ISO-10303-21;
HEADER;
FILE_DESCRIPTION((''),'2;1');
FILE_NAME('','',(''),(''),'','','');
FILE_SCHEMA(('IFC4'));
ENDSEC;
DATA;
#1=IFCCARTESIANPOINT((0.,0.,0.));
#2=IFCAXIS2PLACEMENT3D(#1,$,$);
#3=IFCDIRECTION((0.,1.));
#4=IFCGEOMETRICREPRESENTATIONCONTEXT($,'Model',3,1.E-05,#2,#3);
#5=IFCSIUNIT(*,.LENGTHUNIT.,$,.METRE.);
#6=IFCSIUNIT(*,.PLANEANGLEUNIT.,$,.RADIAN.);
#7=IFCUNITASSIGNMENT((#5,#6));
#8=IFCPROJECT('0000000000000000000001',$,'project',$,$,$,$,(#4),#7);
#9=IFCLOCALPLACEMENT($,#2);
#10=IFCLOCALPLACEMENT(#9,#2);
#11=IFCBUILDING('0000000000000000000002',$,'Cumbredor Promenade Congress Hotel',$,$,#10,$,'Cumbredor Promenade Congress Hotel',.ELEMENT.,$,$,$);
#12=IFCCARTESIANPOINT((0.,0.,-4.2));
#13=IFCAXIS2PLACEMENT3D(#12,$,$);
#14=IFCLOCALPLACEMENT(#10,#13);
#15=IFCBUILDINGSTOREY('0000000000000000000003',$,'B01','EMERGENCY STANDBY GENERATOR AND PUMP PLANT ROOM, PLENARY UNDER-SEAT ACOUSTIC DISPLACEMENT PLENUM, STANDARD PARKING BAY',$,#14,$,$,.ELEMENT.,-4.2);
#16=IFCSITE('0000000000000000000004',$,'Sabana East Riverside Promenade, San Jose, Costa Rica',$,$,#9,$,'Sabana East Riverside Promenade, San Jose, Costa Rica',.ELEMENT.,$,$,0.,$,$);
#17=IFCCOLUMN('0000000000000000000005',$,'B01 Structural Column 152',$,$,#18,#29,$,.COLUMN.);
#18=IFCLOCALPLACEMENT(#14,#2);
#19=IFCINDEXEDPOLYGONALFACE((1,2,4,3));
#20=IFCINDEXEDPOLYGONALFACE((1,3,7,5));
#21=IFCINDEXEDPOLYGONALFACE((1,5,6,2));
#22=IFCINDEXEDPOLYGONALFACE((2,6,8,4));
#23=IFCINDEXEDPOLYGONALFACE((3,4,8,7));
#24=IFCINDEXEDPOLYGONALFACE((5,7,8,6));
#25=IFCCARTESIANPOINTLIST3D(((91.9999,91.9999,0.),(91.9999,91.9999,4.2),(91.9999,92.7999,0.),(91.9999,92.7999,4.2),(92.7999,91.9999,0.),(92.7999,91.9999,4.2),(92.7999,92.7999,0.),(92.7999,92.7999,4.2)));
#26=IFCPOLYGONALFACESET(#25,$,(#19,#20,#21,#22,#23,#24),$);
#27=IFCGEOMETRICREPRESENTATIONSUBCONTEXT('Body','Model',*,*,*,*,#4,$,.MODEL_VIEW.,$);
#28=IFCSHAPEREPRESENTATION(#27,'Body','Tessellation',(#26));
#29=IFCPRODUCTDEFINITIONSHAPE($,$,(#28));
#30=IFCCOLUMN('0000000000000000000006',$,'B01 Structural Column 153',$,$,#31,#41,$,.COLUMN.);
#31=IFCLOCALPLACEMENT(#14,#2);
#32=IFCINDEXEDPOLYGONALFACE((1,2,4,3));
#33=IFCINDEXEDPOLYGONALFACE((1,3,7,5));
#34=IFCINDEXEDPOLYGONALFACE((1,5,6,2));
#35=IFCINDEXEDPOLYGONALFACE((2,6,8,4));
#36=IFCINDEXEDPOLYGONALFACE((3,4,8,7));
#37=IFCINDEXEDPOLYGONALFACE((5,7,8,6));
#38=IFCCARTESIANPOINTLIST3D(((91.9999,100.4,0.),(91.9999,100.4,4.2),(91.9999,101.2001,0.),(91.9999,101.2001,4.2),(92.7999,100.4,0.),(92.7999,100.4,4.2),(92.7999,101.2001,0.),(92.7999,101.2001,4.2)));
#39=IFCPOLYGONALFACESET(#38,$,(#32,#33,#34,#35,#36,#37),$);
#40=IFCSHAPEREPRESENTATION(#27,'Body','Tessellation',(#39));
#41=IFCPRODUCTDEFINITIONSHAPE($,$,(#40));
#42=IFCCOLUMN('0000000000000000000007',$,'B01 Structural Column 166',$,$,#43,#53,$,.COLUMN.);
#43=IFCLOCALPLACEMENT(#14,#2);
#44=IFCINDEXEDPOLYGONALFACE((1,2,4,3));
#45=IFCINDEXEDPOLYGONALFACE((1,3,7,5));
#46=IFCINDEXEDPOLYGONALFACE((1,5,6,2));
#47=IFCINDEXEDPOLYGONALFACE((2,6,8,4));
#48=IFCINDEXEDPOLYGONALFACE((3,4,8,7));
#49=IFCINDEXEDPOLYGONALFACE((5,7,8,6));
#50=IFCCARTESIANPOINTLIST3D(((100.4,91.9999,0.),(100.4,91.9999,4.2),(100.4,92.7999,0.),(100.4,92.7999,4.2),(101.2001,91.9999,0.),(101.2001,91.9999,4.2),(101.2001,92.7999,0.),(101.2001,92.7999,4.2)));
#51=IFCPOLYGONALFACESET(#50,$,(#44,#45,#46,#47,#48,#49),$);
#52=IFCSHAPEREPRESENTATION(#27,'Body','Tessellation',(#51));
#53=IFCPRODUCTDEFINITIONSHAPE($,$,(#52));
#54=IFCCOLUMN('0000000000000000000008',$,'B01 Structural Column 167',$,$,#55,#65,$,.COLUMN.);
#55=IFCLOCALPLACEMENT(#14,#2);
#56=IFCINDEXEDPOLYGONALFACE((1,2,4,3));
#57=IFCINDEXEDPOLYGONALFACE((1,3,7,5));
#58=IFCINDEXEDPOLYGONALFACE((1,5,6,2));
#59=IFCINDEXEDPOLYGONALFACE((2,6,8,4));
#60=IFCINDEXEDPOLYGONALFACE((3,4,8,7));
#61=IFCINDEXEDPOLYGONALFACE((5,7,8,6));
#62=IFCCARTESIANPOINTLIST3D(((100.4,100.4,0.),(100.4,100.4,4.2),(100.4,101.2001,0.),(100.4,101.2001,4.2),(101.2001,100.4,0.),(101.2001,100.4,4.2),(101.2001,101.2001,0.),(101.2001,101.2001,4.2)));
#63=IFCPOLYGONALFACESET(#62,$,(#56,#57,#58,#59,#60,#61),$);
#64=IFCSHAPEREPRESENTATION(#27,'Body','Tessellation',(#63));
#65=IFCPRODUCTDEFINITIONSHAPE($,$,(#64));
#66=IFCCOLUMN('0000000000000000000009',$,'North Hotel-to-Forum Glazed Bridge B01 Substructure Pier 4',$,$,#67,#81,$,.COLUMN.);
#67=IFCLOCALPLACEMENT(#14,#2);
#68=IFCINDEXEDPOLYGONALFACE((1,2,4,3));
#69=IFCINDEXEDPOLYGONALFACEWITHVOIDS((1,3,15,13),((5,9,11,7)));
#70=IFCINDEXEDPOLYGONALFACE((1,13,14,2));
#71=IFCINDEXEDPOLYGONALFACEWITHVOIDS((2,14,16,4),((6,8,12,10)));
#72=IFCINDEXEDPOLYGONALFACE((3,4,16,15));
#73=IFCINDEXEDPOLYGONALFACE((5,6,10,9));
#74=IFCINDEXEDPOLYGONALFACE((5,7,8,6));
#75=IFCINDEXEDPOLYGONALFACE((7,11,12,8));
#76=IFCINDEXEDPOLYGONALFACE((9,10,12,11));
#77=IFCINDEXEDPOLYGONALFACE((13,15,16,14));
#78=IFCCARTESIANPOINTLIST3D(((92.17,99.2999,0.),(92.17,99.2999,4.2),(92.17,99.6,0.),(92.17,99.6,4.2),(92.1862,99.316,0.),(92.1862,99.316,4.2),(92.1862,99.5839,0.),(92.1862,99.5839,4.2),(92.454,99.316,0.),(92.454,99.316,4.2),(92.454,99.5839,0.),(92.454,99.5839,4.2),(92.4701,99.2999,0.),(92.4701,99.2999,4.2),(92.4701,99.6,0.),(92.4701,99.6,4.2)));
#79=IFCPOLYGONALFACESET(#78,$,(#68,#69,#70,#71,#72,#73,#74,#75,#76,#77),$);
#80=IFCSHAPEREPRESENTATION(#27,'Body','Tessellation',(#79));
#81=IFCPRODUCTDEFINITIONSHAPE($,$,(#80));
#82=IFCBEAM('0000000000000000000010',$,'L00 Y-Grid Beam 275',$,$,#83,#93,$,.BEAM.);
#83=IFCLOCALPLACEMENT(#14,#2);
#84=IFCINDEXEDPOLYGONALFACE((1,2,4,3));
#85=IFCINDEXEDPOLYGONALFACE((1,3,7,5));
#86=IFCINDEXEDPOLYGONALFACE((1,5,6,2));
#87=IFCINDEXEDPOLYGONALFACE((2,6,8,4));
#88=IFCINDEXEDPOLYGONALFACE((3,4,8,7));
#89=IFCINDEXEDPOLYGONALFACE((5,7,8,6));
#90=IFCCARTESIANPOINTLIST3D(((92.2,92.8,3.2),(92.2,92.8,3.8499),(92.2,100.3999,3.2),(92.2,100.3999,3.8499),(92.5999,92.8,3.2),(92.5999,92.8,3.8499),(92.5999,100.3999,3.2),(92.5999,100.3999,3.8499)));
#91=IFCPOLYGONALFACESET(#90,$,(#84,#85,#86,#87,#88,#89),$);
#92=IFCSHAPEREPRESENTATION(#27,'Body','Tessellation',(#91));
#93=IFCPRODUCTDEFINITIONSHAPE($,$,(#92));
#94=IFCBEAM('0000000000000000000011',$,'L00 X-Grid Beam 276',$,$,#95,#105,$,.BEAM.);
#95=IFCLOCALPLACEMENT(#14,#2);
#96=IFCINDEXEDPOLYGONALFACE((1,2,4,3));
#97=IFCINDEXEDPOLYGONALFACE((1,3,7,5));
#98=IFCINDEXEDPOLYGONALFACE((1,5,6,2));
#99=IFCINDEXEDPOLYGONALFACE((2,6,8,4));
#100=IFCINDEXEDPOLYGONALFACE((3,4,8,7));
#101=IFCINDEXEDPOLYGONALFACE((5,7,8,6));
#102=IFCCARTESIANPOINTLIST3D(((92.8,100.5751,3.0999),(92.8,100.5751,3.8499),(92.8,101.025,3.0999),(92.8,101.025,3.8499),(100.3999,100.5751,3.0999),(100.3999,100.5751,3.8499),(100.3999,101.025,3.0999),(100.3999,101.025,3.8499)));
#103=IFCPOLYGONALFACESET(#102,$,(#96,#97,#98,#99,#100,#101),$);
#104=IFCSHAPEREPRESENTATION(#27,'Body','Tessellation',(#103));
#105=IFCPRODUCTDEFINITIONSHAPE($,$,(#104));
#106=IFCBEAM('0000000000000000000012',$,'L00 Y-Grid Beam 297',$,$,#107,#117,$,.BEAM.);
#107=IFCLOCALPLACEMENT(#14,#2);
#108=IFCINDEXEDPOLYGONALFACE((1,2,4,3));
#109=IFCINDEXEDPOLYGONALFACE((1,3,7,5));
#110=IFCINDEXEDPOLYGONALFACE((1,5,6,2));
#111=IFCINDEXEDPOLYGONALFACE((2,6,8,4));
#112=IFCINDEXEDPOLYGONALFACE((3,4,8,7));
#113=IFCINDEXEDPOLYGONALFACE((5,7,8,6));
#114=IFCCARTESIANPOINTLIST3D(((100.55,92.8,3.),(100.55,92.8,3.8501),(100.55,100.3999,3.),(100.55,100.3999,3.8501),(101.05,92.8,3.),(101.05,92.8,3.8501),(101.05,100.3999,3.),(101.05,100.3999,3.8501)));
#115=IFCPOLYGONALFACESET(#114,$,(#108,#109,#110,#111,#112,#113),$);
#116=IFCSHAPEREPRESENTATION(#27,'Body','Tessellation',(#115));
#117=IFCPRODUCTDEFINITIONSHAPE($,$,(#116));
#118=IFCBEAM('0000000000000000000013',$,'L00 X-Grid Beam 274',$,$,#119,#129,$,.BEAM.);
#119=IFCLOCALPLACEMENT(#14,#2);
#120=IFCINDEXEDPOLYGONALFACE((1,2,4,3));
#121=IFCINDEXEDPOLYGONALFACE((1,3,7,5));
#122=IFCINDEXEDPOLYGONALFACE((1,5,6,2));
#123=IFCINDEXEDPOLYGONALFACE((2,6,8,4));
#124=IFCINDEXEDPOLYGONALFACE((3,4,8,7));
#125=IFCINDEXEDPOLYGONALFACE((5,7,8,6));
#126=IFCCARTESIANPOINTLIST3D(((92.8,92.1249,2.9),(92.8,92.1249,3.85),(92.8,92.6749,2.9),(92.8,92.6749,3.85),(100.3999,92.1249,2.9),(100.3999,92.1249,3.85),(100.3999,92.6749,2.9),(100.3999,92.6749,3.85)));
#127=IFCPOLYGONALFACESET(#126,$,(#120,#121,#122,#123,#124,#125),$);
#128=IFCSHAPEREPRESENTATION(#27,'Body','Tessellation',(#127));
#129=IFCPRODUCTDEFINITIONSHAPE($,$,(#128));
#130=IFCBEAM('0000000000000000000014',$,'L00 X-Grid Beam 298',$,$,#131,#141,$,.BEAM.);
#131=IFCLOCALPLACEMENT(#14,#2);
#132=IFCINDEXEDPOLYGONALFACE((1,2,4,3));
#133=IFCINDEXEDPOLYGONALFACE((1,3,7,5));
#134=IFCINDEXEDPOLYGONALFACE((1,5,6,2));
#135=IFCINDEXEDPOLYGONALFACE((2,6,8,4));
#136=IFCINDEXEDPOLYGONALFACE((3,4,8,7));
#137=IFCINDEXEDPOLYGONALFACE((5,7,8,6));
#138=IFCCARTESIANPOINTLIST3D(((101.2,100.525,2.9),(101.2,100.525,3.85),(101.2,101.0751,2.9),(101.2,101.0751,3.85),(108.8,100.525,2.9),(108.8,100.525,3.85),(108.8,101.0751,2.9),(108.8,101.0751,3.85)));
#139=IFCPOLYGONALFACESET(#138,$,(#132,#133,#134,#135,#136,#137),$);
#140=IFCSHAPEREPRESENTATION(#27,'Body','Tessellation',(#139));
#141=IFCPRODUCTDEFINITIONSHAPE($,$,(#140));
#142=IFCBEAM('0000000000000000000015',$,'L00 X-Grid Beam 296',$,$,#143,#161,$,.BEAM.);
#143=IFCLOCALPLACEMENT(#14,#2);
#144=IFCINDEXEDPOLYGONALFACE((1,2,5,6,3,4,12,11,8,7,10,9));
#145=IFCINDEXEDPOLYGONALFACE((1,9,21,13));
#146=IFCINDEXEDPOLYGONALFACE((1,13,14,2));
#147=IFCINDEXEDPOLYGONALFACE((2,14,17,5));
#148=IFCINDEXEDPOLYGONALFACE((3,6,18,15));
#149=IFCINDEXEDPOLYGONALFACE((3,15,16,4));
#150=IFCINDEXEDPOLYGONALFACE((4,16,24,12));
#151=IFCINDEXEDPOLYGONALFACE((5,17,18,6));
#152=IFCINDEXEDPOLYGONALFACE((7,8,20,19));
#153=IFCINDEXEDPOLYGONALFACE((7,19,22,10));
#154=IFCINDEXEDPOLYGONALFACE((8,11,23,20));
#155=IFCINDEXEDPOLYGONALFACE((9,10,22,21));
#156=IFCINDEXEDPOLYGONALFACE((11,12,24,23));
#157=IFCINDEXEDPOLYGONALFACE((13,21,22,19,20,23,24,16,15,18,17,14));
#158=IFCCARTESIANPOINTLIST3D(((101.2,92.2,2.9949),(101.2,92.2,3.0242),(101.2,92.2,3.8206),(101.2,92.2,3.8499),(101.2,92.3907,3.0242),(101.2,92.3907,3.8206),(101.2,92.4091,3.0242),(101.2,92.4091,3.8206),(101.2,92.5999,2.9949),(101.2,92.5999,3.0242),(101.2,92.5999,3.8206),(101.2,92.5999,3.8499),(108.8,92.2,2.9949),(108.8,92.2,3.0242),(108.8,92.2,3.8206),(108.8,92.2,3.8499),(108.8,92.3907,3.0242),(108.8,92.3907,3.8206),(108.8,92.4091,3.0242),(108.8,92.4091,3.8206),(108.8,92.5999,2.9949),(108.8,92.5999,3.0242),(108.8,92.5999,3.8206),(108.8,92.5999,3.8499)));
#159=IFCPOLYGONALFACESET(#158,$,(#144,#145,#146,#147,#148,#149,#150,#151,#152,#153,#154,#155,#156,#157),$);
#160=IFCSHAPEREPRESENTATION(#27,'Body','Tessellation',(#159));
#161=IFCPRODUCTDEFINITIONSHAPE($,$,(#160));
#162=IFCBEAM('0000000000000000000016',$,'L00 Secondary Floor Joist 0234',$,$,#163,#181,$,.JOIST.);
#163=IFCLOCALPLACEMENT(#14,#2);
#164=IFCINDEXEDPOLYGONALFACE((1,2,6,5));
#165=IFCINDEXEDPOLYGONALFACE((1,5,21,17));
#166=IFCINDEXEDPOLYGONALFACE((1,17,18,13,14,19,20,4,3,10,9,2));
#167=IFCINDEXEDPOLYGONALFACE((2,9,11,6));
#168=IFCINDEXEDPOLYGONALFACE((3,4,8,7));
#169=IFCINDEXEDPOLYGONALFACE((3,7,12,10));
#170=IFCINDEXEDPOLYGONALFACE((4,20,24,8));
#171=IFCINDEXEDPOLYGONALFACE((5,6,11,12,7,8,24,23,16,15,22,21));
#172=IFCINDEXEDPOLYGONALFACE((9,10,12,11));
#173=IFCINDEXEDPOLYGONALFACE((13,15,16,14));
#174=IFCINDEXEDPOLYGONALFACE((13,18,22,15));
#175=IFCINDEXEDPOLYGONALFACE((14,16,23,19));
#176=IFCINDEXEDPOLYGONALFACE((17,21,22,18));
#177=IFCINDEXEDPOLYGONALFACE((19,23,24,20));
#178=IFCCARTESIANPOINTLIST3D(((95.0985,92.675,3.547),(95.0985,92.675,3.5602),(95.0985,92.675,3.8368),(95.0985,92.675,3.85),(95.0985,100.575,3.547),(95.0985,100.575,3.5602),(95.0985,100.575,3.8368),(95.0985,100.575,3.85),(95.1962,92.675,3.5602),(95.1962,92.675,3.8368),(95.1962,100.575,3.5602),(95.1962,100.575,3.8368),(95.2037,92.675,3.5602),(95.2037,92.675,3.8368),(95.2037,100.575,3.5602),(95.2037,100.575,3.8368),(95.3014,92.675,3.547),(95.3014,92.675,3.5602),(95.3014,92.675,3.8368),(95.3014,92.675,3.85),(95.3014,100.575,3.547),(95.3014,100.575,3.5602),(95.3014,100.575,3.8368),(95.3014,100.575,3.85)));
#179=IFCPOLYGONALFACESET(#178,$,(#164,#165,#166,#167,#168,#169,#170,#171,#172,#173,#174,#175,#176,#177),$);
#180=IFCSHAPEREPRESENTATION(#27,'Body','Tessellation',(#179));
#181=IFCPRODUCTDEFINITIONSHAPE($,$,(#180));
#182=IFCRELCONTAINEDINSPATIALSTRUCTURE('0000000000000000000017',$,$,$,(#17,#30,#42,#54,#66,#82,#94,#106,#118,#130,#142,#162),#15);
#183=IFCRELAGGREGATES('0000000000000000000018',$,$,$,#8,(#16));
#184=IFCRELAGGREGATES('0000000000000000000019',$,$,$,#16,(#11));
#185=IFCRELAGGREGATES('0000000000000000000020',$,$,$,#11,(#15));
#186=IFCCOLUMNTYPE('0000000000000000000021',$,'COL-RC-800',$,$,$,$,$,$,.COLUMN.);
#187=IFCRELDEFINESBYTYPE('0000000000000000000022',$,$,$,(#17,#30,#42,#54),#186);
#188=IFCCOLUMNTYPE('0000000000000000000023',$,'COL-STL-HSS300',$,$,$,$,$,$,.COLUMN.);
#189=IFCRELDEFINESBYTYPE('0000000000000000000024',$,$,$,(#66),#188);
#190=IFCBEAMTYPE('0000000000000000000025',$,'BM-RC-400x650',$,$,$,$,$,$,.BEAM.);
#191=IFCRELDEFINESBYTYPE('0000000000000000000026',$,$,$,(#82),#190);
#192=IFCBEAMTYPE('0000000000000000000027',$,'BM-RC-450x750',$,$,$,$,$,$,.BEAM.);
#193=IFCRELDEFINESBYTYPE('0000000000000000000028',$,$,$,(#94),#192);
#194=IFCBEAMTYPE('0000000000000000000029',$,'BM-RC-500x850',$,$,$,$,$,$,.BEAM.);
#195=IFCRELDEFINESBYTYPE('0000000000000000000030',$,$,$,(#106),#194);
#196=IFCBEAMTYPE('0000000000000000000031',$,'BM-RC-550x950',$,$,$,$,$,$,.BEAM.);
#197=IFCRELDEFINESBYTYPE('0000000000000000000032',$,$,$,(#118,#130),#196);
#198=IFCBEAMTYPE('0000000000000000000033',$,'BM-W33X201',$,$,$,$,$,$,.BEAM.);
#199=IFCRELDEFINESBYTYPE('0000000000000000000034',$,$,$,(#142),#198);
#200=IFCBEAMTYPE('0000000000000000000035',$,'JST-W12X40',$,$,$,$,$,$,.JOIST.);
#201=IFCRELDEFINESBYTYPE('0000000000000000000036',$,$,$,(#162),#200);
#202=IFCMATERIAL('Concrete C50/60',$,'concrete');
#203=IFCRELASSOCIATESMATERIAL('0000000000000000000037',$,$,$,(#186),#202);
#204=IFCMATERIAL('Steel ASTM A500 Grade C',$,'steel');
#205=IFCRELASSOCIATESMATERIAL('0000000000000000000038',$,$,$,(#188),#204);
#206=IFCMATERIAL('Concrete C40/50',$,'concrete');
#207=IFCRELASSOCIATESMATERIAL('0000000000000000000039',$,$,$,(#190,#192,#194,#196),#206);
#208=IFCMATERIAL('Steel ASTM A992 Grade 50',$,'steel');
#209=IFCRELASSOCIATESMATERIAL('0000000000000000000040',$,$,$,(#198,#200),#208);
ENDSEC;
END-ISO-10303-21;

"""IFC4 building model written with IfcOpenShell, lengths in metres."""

from ifc_helpers import new_model, si_unit, direction, frame, origin, origin_2d, place, context, subcontext, project, spatial, rectangle, hollow_rectangle, i_section, extrude, material, material_profile, profile_set, type_object, element, save


model = new_model("IFC4")

# Units and contexts
model_context = context("Model", 3, precision=1e-05, world=origin(), true_north=direction((0.0, 1.0)))
body_context = subcontext(model_context, "Body", "Model", "MODEL_VIEW")
ifc_project = project(units=[si_unit("LENGTHUNIT", "METRE"), si_unit("PLANEANGLEUNIT", "RADIAN")], contexts=[model_context])

# Site, building, storey
site_placement = place(None, origin())
site = spatial("IfcSite", under=ifc_project, at=site_placement, Name="Sabana East Riverside Promenade, San Jose, Costa Rica", LongName="Sabana East Riverside Promenade, San Jose, Costa Rica", CompositionType="ELEMENT", RefElevation=0.0)
building_placement = place(site_placement, origin())
building = spatial("IfcBuilding", under=site, at=building_placement, Name="Cumbredor Promenade Congress Hotel", LongName="Cumbredor Promenade Congress Hotel", CompositionType="ELEMENT")
storey_placement = place(building_placement, frame((0.0, 0.0, -4.2)))
storey = spatial("IfcBuildingStorey", under=building, at=storey_placement, Name="B01", Description="EMERGENCY STANDBY GENERATOR AND PUMP PLANT ROOM, PLENARY UNDER-SEAT ACOUSTIC DISPLACEMENT PLENUM, STANDARD PARKING BAY", CompositionType="ELEMENT", Elevation=-4.2)

# Columns
ifc_material_1 = material(Name="Concrete C50/60", Category="concrete")
ifc_material_profile_1 = material_profile(ifc_material_1, rectangle(XDim=0.8, YDim=0.8, at=origin_2d()), Name="RC 800x800")
ifc_profile_set_1 = profile_set([ifc_material_profile_1], Name="Concrete C50/60")
column_type_1 = type_object("IfcColumnType", Name="COL-RC-800", PredefinedType="COLUMN", material=ifc_profile_set_1)
for number, where, z_axis, x_axis, name in (
    (1, (92.3999, 92.3999, 0.0), (0.0, 0.0, 1.0), (1.0, 0.0, 0.0), "B01 Structural Column 152"),
    (2, (92.3999, 100.8, 0.0), (0.0, 0.0, 1.0), (1.0, 0.0, 0.0), "B01 Structural Column 153"),
    (3, (100.8, 92.3999, 0.0), (0.0, 0.0, 1.0), (1.0, 0.0, 0.0), "B01 Structural Column 166"),
    (4, (100.8, 100.8, 0.0), (0.0, 0.0, 1.0), (1.0, 0.0, 0.0), "B01 Structural Column 167"),
):
    element("IfcColumn", number, at=place(storey_placement, frame(where, z_axis=z_axis, x_axis=x_axis)), inside=storey, type_object=column_type_1, Name=name, PredefinedType="COLUMN", context=body_context, shape_type="SweptSolid", body=[
        extrude(rectangle(XDim=0.8, YDim=0.8, at=origin_2d()), origin(), (0.0, 0.0, 1.0), 4.2),
    ])
ifc_material_2 = material(Name="Steel ASTM A500 Grade C", Category="steel")
ifc_material_profile_2 = material_profile(ifc_material_2, hollow_rectangle(XDim=0.3, YDim=0.3, WallThickness=0.0161, at=origin_2d()), Name="HSS 300x300x16")
ifc_profile_set_2 = profile_set([ifc_material_profile_2], Name="Steel ASTM A500 Grade C")
column_type_2 = type_object("IfcColumnType", Name="COL-STL-HSS300", PredefinedType="COLUMN", material=ifc_profile_set_2)
column_placement = place(storey_placement, frame((92.3201, 99.45, 0.0), z_axis=(0.0, 0.0, 1.0), x_axis=(1.0, 0.0, 0.0)))
element("IfcColumn", 5, at=column_placement, inside=storey, type_object=column_type_2, Name="North Hotel-to-Forum Glazed Bridge B01 Substructure Pier 4", PredefinedType="COLUMN", context=body_context, shape_type="SweptSolid", body=[
    extrude(hollow_rectangle(XDim=0.3, YDim=0.3, WallThickness=0.0161, at=origin_2d()), origin(), (0.0, 0.0, 1.0), 4.2),
])

# Beams
ifc_material_3 = material(Name="Concrete C40/50", Category="concrete")
ifc_material_profile_3 = material_profile(ifc_material_3, rectangle(XDim=0.3999, YDim=0.6499, at=origin_2d()), Name="RC BEAM 400x650")
ifc_profile_set_3 = profile_set([ifc_material_profile_3], Name="Concrete C40/50")
beam_type_1 = type_object("IfcBeamType", Name="BM-RC-400x650", PredefinedType="BEAM", material=ifc_profile_set_3)
beam_1_placement = place(storey_placement, frame((92.3999, 92.8, 3.5249), z_axis=(0.0, 1.0, 0.0), x_axis=(-1.0, 0.0, 0.0)))
element("IfcBeam", 6, at=beam_1_placement, inside=storey, type_object=beam_type_1, Name="L00 Y-Grid Beam 275", PredefinedType="BEAM", context=body_context, shape_type="SweptSolid", body=[
    extrude(rectangle(XDim=0.3999, YDim=0.6499, at=origin_2d()), origin(), (0.0, 0.0, 1.0), 7.5999),
])
ifc_material_profile_4 = material_profile(ifc_material_3, rectangle(XDim=0.45, YDim=0.75, at=origin_2d()), Name="RC BEAM 450x750")
ifc_profile_set_4 = profile_set([ifc_material_profile_4], Name="Concrete C40/50")
beam_type_2 = type_object("IfcBeamType", Name="BM-RC-450x750", PredefinedType="BEAM", material=ifc_profile_set_4)
beam_2_placement = place(storey_placement, frame((92.8, 100.8, 3.4749), z_axis=(1.0, 0.0, 0.0), x_axis=(0.0, 1.0, 0.0)))
element("IfcBeam", 7, at=beam_2_placement, inside=storey, type_object=beam_type_2, Name="L00 X-Grid Beam 276", PredefinedType="BEAM", context=body_context, shape_type="SweptSolid", body=[
    extrude(rectangle(XDim=0.45, YDim=0.75, at=origin_2d()), origin(), (0.0, 0.0, 1.0), 7.5999),
])
ifc_material_profile_5 = material_profile(ifc_material_3, rectangle(XDim=0.5, YDim=0.8501, at=origin_2d()), Name="RC BEAM 500x850")
ifc_profile_set_5 = profile_set([ifc_material_profile_5], Name="Concrete C40/50")
beam_type_3 = type_object("IfcBeamType", Name="BM-RC-500x850", PredefinedType="BEAM", material=ifc_profile_set_5)
beam_3_placement = place(storey_placement, frame((100.8, 92.8, 3.425), z_axis=(0.0, 1.0, 0.0), x_axis=(-1.0, 0.0, 0.0)))
element("IfcBeam", 8, at=beam_3_placement, inside=storey, type_object=beam_type_3, Name="L00 Y-Grid Beam 297", PredefinedType="BEAM", context=body_context, shape_type="SweptSolid", body=[
    extrude(rectangle(XDim=0.5, YDim=0.8501, at=origin_2d()), origin(), (0.0, 0.0, 1.0), 7.5999),
])
ifc_material_profile_6 = material_profile(ifc_material_3, rectangle(XDim=0.55, YDim=0.95, at=origin_2d()), Name="RC BEAM 550x950")
ifc_profile_set_6 = profile_set([ifc_material_profile_6], Name="Concrete C40/50")
beam_type_4 = type_object("IfcBeamType", Name="BM-RC-550x950", PredefinedType="BEAM", material=ifc_profile_set_6)
beam_4_placement = place(storey_placement, frame((92.8, 92.3999, 3.375), z_axis=(1.0, 0.0, 0.0), x_axis=(0.0, 1.0, 0.0)))
element("IfcBeam", 9, at=beam_4_placement, inside=storey, type_object=beam_type_4, Name="L00 X-Grid Beam 274", PredefinedType="BEAM", context=body_context, shape_type="SweptSolid", body=[
    extrude(rectangle(XDim=0.55, YDim=0.95, at=origin_2d()), origin(), (0.0, 0.0, 1.0), 7.5999),
])
beam_5_placement = place(storey_placement, frame((101.2, 100.8, 3.375), z_axis=(1.0, 0.0, 0.0), x_axis=(0.0, 1.0, 0.0)))
element("IfcBeam", 10, at=beam_5_placement, inside=storey, type_object=beam_type_4, Name="L00 X-Grid Beam 298", PredefinedType="BEAM", context=body_context, shape_type="SweptSolid", body=[
    extrude(rectangle(XDim=0.55, YDim=0.95, at=origin_2d()), origin(), (0.0, 0.0, 1.0), 7.6001),
])
ifc_material_4 = material(Name="Steel ASTM A992 Grade 50", Category="steel")
ifc_material_profile_7 = material_profile(ifc_material_4, i_section(OverallWidth=0.3999, OverallDepth=0.855, WebThickness=0.0183, FlangeThickness=0.0293, at=origin_2d()), Name="W33X201")
ifc_profile_set_7 = profile_set([ifc_material_profile_7], Name="Steel ASTM A992 Grade 50")
beam_type_5 = type_object("IfcBeamType", Name="BM-W33X201", PredefinedType="BEAM", material=ifc_profile_set_7)
beam_6_placement = place(storey_placement, frame((101.2, 92.3999, 3.4224), z_axis=(1.0, 0.0, 0.0), x_axis=(0.0, 1.0, 0.0)))
element("IfcBeam", 11, at=beam_6_placement, inside=storey, type_object=beam_type_5, Name="L00 X-Grid Beam 296", PredefinedType="BEAM", context=body_context, shape_type="SweptSolid", body=[
    extrude(i_section(OverallWidth=0.3999, OverallDepth=0.855, WebThickness=0.0183, FlangeThickness=0.0293, at=origin_2d()), origin(), (0.0, 0.0, 1.0), 7.6001),
])
ifc_material_profile_8 = material_profile(ifc_material_4, i_section(OverallWidth=0.2029, OverallDepth=0.303, WebThickness=0.0076, FlangeThickness=0.0132, at=origin_2d()), Name="W12X40")
ifc_profile_set_8 = profile_set([ifc_material_profile_8], Name="Steel ASTM A992 Grade 50")
beam_type_6 = type_object("IfcBeamType", Name="JST-W12X40", PredefinedType="JOIST", material=ifc_profile_set_8)
for number, where, z_axis, x_axis, name in (
    (12, (95.2, 92.675, 3.6985), (0.0, 1.0, 0.0), (-1.0, 0.0, 0.0), "L00 Secondary Floor Joist 0234"),
):
    element("IfcBeam", number, at=place(storey_placement, frame(where, z_axis=z_axis, x_axis=x_axis)), inside=storey, type_object=beam_type_6, Name=name, PredefinedType="JOIST", context=body_context, shape_type="SweptSolid", body=[
        extrude(i_section(OverallWidth=0.2029, OverallDepth=0.303, WebThickness=0.0076, FlangeThickness=0.0132, at=origin_2d()), origin(), (0.0, 0.0, 1.0), 7.8999),
    ])

save(model, "model.ifc")
